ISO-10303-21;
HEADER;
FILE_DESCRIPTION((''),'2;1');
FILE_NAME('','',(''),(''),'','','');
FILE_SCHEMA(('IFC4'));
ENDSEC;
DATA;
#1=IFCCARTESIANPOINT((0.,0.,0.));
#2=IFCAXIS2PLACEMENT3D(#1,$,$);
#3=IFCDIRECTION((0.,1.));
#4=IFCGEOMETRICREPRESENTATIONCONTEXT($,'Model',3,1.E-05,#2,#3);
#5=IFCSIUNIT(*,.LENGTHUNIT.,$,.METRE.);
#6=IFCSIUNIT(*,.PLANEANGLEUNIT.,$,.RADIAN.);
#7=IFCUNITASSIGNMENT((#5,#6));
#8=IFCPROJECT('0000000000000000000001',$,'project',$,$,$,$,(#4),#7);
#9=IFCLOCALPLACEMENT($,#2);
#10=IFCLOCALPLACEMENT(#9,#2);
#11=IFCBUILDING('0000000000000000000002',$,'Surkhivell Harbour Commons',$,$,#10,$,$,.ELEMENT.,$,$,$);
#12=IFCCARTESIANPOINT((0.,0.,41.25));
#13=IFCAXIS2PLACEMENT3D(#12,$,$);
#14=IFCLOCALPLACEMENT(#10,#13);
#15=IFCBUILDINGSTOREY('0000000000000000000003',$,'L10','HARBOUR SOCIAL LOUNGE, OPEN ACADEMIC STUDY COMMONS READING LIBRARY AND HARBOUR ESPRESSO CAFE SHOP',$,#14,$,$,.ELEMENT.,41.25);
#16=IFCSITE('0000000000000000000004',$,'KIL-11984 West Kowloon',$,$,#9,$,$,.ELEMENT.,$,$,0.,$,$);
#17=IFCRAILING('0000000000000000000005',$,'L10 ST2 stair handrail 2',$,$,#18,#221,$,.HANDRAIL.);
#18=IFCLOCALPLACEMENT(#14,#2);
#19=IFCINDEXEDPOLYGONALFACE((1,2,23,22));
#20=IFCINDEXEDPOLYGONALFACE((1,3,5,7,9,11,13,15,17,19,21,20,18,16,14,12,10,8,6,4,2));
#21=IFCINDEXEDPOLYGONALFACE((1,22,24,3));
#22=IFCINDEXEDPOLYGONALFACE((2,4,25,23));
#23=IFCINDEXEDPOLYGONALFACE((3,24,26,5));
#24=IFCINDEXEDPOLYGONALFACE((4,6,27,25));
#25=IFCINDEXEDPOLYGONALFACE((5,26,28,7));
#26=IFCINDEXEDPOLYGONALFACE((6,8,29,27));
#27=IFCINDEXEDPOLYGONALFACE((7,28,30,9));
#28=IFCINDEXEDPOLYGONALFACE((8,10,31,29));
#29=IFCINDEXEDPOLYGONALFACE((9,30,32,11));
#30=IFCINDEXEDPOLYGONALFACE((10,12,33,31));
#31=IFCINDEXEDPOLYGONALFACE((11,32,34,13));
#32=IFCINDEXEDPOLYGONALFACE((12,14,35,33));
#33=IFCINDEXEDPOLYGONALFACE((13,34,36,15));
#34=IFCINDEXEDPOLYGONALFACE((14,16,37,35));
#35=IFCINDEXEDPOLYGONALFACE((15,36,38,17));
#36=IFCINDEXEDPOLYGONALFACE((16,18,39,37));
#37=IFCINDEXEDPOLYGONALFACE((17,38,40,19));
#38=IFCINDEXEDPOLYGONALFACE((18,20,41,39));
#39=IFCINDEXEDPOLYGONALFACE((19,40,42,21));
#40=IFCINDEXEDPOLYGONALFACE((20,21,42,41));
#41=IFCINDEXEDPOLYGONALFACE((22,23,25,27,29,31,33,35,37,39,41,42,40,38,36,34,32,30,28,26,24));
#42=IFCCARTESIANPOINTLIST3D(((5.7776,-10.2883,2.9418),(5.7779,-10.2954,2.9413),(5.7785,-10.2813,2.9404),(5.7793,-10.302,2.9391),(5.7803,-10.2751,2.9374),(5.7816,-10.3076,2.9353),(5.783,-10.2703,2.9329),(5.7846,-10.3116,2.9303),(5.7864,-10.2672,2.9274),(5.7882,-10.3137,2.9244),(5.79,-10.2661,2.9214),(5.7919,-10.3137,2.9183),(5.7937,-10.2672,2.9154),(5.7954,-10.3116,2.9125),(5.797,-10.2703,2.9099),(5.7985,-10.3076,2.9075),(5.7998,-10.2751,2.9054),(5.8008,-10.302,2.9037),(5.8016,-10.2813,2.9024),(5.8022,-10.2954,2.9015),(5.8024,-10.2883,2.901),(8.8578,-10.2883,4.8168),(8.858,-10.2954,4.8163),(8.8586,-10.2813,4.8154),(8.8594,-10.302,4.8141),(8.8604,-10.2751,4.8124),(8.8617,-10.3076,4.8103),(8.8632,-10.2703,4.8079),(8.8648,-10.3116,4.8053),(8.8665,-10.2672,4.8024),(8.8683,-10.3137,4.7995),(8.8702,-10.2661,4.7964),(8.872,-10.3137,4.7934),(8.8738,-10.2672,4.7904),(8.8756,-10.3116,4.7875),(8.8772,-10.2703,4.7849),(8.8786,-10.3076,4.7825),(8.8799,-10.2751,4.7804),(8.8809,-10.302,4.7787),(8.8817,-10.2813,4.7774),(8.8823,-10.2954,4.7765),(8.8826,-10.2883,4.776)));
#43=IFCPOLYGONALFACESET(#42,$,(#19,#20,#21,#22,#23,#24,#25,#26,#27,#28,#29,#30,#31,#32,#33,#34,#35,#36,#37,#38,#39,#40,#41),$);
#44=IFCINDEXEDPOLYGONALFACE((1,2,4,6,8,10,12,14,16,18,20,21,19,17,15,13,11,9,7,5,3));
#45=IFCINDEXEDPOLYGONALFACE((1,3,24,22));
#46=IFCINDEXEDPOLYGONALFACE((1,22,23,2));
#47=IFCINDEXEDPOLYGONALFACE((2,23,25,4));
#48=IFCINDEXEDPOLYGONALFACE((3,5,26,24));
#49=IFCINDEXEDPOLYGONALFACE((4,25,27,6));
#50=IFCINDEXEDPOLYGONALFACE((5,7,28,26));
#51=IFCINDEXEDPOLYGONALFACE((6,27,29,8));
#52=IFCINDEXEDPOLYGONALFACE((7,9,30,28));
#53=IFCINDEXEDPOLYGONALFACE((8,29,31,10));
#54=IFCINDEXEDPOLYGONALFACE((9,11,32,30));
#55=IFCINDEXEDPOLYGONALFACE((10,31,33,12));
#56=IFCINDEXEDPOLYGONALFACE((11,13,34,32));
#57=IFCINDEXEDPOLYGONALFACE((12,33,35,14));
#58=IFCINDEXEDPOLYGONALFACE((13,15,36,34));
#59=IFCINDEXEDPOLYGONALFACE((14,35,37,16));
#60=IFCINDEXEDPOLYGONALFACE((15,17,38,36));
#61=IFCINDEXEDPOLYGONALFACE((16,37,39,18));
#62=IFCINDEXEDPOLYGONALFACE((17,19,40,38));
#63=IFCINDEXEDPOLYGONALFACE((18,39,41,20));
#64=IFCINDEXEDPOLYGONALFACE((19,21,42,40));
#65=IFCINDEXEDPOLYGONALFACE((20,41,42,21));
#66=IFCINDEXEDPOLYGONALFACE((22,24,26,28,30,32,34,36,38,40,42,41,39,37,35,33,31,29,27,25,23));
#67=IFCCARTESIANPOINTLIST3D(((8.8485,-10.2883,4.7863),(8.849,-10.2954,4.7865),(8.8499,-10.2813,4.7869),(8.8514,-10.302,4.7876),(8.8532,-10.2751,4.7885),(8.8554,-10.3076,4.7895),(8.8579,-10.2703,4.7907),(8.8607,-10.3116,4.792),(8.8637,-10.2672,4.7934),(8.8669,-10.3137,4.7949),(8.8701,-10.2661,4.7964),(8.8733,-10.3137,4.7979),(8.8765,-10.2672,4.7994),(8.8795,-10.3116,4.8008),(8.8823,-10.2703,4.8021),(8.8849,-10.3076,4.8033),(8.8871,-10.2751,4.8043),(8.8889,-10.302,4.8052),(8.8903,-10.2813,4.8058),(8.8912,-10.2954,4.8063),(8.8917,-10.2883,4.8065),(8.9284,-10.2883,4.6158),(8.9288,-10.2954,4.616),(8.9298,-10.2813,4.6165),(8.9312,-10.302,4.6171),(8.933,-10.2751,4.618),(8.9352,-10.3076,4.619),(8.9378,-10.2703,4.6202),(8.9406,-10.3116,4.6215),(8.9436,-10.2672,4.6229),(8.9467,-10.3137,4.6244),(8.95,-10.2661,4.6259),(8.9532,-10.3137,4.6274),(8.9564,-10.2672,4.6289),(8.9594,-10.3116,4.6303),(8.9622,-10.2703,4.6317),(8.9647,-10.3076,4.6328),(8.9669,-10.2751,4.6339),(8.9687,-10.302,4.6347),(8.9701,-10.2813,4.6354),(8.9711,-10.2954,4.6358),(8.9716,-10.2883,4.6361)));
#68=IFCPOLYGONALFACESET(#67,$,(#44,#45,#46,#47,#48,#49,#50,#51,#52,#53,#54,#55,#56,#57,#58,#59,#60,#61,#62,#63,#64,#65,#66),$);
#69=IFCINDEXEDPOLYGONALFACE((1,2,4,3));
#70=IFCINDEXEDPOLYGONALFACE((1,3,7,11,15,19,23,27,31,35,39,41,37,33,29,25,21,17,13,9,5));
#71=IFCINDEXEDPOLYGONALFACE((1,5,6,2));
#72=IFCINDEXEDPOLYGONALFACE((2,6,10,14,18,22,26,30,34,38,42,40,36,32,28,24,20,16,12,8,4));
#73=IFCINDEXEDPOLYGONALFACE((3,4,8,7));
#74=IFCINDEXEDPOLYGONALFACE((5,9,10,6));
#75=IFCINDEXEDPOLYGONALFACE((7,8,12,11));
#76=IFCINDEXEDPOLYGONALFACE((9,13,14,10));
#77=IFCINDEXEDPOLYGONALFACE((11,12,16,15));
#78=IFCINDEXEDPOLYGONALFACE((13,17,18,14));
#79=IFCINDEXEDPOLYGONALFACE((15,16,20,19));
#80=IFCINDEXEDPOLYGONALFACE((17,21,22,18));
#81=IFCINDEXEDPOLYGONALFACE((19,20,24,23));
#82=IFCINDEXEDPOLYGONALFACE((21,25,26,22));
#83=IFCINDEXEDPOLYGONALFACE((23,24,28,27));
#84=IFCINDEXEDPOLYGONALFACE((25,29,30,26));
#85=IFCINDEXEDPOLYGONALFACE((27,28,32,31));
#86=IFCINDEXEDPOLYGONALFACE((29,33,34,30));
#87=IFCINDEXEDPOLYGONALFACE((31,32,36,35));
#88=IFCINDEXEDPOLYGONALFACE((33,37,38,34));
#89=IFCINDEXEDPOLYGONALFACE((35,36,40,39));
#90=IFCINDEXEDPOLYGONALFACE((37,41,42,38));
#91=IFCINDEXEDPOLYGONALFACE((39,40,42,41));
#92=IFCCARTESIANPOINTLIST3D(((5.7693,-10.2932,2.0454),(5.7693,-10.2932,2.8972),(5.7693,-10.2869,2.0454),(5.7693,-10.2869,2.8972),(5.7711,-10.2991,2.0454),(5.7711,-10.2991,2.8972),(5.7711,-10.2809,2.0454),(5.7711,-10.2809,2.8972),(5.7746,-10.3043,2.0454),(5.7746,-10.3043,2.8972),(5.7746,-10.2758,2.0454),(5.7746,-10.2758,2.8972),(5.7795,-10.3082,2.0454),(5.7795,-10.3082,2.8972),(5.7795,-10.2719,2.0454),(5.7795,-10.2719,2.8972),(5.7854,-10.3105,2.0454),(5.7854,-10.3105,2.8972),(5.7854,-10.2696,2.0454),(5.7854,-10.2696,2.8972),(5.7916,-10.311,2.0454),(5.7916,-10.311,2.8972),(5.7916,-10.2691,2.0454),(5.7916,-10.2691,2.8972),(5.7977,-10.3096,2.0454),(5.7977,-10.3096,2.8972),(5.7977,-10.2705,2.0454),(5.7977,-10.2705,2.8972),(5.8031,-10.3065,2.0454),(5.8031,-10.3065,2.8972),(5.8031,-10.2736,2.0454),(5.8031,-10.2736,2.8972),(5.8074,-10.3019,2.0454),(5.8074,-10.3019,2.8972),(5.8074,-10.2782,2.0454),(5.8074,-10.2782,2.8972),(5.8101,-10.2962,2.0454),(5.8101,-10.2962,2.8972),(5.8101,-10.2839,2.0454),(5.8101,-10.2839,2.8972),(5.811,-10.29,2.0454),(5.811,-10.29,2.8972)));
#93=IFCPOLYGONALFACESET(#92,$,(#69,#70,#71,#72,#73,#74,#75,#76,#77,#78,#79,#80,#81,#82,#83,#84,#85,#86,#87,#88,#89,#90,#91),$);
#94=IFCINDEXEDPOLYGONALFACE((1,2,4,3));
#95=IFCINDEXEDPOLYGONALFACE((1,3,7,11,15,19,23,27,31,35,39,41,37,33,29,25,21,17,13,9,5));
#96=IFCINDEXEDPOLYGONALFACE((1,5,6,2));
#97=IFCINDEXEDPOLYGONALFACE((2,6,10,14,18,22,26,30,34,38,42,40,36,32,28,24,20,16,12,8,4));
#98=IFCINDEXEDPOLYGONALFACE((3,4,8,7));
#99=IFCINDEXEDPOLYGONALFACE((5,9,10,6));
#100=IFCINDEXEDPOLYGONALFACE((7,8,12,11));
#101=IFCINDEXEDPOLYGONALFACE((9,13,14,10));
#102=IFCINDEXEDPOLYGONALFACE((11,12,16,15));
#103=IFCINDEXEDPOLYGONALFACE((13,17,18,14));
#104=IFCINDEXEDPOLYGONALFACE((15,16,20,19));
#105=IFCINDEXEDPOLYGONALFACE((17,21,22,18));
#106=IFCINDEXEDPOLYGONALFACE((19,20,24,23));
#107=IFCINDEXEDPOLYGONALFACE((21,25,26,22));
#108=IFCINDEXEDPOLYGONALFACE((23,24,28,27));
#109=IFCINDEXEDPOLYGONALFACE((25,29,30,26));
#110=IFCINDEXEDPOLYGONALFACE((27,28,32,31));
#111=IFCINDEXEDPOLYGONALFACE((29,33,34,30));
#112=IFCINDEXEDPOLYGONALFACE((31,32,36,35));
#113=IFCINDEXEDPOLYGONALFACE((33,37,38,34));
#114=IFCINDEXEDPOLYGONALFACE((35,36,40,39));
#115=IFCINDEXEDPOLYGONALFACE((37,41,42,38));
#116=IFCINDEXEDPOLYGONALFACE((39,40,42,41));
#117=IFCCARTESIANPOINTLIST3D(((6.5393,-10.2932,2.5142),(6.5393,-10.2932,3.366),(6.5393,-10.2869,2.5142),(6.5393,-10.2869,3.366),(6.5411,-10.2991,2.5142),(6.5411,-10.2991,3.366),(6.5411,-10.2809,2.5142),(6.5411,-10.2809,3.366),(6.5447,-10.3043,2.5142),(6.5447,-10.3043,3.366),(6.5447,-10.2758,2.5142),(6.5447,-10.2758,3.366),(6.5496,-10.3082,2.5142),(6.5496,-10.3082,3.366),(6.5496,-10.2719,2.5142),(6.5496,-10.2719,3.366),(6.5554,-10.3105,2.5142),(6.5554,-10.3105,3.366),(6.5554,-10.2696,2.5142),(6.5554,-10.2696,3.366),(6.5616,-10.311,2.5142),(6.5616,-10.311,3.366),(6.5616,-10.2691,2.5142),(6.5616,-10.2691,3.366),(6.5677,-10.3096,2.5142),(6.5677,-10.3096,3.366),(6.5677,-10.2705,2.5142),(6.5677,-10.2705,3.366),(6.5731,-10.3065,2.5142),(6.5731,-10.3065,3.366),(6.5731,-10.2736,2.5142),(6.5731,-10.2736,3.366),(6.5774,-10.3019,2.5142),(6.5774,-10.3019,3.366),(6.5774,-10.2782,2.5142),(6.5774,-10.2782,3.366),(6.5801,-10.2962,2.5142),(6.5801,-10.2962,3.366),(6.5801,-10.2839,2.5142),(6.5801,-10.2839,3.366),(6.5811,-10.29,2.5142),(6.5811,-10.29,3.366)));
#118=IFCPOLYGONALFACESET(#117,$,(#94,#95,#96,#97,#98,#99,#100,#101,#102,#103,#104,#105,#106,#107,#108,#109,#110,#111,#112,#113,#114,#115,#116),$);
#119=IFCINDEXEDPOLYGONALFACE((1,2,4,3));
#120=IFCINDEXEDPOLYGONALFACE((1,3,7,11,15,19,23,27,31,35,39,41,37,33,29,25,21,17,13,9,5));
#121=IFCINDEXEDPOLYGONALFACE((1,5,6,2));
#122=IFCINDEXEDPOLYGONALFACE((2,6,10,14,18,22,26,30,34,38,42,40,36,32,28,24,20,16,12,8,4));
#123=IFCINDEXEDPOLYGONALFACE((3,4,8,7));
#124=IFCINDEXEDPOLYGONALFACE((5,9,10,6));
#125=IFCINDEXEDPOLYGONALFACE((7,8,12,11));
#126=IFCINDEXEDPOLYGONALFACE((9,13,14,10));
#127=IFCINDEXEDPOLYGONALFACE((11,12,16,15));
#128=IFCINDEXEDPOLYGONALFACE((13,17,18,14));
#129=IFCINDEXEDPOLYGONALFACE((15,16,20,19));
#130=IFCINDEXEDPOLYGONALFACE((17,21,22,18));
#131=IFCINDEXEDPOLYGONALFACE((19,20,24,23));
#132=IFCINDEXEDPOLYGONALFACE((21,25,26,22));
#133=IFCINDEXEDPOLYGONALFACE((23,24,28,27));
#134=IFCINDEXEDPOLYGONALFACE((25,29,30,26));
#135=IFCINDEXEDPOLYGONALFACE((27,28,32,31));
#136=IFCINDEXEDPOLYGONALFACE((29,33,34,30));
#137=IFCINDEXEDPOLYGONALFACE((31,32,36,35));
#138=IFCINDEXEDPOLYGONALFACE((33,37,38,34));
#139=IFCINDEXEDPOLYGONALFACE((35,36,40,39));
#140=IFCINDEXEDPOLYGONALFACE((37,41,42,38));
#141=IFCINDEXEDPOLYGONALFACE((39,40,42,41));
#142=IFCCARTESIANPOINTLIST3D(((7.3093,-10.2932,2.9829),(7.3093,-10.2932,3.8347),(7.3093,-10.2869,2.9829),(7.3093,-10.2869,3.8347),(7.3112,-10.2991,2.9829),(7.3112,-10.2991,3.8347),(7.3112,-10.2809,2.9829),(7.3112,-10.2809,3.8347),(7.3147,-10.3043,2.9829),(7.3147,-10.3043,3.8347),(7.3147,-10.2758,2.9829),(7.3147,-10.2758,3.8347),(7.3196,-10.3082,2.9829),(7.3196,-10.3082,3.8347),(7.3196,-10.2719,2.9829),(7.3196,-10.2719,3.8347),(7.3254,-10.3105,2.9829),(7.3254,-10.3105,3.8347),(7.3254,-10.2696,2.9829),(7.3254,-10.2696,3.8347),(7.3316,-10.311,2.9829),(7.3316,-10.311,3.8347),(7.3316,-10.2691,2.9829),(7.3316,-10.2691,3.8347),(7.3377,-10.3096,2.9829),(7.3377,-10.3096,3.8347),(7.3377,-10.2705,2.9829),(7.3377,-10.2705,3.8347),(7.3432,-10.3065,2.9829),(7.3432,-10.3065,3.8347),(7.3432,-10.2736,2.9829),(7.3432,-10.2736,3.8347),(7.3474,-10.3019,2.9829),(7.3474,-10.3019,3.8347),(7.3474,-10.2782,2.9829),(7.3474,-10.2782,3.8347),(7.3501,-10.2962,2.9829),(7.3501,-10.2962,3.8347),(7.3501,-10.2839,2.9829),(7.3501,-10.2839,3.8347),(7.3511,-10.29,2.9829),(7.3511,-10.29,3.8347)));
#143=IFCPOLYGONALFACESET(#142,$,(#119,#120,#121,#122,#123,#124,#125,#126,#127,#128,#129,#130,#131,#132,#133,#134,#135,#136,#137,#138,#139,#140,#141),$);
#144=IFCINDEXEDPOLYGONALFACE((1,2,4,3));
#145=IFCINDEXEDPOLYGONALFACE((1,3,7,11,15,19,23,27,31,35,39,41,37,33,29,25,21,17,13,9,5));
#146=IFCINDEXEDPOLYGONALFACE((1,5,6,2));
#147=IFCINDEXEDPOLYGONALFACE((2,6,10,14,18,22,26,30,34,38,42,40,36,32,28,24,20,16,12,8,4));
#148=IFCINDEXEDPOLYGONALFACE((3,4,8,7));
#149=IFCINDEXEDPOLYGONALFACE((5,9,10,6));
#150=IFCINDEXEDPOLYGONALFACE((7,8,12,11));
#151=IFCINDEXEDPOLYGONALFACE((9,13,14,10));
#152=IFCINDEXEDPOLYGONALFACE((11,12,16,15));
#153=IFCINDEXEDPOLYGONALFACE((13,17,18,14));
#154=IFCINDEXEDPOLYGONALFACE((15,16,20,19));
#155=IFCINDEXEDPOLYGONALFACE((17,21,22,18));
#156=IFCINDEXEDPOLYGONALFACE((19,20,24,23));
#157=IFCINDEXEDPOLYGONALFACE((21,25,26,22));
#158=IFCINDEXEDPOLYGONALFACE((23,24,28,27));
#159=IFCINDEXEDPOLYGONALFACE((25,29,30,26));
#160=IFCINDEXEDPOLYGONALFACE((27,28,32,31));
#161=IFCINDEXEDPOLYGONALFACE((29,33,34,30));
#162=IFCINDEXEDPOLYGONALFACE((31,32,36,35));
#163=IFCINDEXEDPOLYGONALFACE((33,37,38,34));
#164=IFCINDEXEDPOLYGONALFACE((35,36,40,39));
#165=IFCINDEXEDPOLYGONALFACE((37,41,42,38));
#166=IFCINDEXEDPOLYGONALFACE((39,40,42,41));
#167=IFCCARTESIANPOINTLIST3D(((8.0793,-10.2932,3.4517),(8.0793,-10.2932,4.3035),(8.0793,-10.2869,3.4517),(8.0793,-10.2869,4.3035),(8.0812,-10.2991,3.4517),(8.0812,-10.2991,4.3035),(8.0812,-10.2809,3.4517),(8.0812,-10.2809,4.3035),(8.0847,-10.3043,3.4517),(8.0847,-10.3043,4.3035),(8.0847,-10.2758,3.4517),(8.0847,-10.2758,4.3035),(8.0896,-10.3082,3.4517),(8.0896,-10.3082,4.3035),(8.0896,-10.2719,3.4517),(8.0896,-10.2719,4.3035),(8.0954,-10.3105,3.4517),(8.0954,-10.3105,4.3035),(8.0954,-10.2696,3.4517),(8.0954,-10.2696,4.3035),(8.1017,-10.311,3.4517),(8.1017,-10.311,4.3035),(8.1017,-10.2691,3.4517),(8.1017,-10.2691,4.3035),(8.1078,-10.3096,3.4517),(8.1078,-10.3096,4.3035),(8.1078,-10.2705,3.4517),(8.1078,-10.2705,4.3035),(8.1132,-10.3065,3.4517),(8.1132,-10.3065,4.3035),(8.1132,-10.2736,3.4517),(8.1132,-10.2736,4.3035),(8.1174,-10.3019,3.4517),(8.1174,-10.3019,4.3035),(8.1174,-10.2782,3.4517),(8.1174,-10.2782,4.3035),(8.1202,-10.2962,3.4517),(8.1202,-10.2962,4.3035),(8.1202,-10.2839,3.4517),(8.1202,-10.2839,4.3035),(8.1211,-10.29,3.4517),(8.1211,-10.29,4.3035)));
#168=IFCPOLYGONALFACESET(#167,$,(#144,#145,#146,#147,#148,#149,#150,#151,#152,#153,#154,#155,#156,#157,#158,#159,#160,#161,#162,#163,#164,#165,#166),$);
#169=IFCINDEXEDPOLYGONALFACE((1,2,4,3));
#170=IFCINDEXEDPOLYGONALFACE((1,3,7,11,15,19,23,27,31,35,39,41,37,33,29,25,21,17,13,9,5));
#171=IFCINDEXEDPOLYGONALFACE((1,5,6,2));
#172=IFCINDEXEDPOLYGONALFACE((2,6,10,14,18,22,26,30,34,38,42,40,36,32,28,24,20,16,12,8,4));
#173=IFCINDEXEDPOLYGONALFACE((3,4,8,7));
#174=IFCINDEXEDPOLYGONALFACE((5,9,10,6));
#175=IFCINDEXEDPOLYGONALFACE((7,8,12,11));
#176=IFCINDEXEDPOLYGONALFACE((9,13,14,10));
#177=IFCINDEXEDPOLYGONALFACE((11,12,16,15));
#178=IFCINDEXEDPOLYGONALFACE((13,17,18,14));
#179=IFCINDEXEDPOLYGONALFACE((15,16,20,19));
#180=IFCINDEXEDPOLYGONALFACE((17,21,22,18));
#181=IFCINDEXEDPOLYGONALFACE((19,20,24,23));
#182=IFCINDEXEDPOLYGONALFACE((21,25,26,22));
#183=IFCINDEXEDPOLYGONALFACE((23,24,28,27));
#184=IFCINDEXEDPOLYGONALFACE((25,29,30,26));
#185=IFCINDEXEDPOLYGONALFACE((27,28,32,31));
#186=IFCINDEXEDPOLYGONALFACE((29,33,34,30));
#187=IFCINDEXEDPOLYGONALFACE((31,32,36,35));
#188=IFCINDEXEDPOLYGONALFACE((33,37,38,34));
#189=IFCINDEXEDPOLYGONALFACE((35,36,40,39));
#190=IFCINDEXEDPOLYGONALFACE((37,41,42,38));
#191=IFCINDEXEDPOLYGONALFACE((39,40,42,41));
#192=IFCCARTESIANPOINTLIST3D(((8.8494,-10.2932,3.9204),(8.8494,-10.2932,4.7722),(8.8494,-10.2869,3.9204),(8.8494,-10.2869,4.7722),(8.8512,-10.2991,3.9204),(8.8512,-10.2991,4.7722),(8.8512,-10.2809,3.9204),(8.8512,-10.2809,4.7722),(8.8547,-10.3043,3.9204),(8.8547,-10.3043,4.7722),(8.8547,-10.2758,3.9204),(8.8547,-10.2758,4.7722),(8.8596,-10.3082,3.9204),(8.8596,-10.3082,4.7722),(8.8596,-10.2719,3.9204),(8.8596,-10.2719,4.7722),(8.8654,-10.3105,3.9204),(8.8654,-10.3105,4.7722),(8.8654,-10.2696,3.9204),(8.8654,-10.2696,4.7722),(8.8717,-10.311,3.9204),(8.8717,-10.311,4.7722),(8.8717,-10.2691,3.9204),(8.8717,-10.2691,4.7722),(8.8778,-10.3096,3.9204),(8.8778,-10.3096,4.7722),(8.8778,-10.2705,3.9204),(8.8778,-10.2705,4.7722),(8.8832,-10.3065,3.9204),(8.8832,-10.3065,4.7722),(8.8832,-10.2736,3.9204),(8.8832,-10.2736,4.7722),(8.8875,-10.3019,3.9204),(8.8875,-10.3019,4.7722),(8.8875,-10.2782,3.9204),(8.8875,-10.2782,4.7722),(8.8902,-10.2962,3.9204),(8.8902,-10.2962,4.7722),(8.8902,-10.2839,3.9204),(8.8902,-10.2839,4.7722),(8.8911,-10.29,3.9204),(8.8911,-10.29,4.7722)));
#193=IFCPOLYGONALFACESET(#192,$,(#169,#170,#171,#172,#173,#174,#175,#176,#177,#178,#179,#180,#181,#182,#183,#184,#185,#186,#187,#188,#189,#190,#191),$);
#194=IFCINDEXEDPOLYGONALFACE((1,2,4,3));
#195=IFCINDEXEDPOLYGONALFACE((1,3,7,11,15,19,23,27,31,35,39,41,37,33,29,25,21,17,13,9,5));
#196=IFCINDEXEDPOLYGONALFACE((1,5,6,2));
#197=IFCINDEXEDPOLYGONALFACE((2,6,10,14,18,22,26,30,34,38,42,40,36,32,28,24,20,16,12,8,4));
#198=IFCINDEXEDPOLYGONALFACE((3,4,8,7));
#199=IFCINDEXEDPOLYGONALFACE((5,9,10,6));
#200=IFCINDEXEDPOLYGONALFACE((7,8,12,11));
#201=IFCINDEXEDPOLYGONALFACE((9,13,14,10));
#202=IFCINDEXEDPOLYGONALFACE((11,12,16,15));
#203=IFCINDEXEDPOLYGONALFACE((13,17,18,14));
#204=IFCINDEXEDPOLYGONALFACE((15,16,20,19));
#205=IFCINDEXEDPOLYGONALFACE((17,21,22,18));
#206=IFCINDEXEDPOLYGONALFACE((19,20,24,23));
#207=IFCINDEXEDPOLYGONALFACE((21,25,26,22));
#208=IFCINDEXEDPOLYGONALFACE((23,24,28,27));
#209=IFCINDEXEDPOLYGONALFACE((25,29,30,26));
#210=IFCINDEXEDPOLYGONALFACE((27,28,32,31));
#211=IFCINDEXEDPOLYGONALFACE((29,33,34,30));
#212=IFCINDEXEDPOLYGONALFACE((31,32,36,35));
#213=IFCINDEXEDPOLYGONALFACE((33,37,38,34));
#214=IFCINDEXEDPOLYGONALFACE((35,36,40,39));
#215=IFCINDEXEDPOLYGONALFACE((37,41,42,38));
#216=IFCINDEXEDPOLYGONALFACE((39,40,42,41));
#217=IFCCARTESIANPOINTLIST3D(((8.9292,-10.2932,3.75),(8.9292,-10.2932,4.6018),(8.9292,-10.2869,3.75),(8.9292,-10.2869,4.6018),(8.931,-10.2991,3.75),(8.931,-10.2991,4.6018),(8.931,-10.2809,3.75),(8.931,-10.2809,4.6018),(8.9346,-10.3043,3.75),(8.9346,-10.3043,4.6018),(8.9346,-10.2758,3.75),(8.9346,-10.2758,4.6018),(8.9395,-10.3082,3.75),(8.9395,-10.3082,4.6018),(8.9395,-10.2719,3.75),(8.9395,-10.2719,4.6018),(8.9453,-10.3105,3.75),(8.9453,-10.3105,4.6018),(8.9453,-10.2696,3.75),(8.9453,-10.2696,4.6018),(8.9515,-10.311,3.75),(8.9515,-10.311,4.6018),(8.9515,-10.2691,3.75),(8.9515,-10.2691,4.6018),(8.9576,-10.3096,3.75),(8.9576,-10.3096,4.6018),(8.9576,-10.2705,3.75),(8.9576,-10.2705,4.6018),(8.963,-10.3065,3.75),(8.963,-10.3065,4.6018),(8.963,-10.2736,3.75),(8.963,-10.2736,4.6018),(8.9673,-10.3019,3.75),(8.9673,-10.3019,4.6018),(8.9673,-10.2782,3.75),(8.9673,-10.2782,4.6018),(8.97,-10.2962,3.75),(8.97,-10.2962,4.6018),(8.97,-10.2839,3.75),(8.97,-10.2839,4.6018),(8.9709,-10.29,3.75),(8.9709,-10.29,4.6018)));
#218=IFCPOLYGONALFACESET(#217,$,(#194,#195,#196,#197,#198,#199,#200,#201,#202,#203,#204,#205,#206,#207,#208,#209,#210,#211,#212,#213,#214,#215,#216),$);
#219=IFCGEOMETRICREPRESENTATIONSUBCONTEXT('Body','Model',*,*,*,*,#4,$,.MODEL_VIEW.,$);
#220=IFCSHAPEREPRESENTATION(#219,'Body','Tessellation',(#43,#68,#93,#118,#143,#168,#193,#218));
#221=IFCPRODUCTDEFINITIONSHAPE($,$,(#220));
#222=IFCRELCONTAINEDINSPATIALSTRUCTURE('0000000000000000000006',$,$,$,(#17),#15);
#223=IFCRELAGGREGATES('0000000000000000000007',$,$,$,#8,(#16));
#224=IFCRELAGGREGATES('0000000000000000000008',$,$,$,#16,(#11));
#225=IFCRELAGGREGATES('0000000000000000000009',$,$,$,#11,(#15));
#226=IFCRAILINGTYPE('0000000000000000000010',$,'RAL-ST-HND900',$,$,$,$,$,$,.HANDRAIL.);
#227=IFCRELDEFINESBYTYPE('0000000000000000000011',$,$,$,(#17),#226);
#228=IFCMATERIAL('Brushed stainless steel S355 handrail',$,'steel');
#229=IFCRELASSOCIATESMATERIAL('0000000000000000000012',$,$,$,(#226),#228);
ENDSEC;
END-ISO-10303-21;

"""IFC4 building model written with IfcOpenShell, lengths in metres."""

from ifc_helpers import new_model, si_unit, direction, frame, origin, origin_2d, place, context, subcontext, project, spatial, circle, extrude, material, type_object, element, save


model = new_model("IFC4")

# Units and contexts
model_context = context("Model", 3, precision=1e-05, world=origin(), true_north=direction((0.0, 1.0)))
body_context = subcontext(model_context, "Body", "Model", "MODEL_VIEW")
ifc_project = project(units=[si_unit("LENGTHUNIT", "METRE"), si_unit("PLANEANGLEUNIT", "RADIAN")], contexts=[model_context])

# Site, building, storey
site_placement = place(None, origin())
site = spatial("IfcSite", under=ifc_project, at=site_placement, Name="KIL-11984 West Kowloon", CompositionType="ELEMENT", RefElevation=0.0)
building_placement = place(site_placement, origin())
building = spatial("IfcBuilding", under=site, at=building_placement, Name="Surkhivell Harbour Commons", CompositionType="ELEMENT")
storey_placement = place(building_placement, frame((0.0, 0.0, 41.25)))
storey = spatial("IfcBuildingStorey", under=building, at=storey_placement, Name="L10", Description="HARBOUR SOCIAL LOUNGE, OPEN ACADEMIC STUDY COMMONS READING LIBRARY AND HARBOUR ESPRESSO CAFE SHOP", CompositionType="ELEMENT", Elevation=41.25)

# Railing
ifc_material_1 = material(Name="Brushed stainless steel S355 handrail", Category="steel")
railing_type_1 = type_object("IfcRailingType", Name="RAL-ST-HND900", PredefinedType="HANDRAIL", material=ifc_material_1)
railing_1_placement = place(storey_placement, frame((5.79, -10.29, 2.0454)))
element("IfcRailing", 1, at=railing_1_placement, inside=storey, type_object=railing_type_1, Name="L10 ST2 stair handrail 2", PredefinedType="HANDRAIL", context=body_context, shape_type="SweptSolid", body=[
    extrude(circle(Radius=0.0239, at=origin_2d()), frame((0.0, 0.0, 0.876), z_axis=(0.854178, 0.0, 0.519981), x_axis=(0.0, 1.0, 0.0)), (0.0, 0.0, 1.0), 3.606),
    extrude(circle(Radius=0.0239, at=origin_2d()), frame((3.0801, 0.0, 2.751), z_axis=(0.424234, 0.0, -0.905552), x_axis=(0.0, 1.0, 0.0)), (0.0, 0.0, 1.0), 0.1882),
    extrude(circle(Radius=0.021, at=origin_2d()), origin(), (0.0, 0.0, 1.0), 0.8518),
    extrude(circle(Radius=0.021, at=origin_2d()), frame((0.77, 0.0, 0.4688)), (0.0, 0.0, 1.0), 0.8518),
    extrude(circle(Radius=0.021, at=origin_2d()), frame((1.54, 0.0, 0.9375)), (0.0, 0.0, 1.0), 0.8518),
    extrude(circle(Radius=0.021, at=origin_2d()), frame((2.3101, 0.0, 1.4062)), (0.0, 0.0, 1.0), 0.8518),
    extrude(circle(Radius=0.021, at=origin_2d()), frame((3.0801, 0.0, 1.875)), (0.0, 0.0, 1.0), 0.8518),
    extrude(circle(Radius=0.021, at=origin_2d()), frame((3.1599, 0.0, 1.7046)), (0.0, 0.0, 1.0), 0.8518),
])

save(model, "model.ifc")
